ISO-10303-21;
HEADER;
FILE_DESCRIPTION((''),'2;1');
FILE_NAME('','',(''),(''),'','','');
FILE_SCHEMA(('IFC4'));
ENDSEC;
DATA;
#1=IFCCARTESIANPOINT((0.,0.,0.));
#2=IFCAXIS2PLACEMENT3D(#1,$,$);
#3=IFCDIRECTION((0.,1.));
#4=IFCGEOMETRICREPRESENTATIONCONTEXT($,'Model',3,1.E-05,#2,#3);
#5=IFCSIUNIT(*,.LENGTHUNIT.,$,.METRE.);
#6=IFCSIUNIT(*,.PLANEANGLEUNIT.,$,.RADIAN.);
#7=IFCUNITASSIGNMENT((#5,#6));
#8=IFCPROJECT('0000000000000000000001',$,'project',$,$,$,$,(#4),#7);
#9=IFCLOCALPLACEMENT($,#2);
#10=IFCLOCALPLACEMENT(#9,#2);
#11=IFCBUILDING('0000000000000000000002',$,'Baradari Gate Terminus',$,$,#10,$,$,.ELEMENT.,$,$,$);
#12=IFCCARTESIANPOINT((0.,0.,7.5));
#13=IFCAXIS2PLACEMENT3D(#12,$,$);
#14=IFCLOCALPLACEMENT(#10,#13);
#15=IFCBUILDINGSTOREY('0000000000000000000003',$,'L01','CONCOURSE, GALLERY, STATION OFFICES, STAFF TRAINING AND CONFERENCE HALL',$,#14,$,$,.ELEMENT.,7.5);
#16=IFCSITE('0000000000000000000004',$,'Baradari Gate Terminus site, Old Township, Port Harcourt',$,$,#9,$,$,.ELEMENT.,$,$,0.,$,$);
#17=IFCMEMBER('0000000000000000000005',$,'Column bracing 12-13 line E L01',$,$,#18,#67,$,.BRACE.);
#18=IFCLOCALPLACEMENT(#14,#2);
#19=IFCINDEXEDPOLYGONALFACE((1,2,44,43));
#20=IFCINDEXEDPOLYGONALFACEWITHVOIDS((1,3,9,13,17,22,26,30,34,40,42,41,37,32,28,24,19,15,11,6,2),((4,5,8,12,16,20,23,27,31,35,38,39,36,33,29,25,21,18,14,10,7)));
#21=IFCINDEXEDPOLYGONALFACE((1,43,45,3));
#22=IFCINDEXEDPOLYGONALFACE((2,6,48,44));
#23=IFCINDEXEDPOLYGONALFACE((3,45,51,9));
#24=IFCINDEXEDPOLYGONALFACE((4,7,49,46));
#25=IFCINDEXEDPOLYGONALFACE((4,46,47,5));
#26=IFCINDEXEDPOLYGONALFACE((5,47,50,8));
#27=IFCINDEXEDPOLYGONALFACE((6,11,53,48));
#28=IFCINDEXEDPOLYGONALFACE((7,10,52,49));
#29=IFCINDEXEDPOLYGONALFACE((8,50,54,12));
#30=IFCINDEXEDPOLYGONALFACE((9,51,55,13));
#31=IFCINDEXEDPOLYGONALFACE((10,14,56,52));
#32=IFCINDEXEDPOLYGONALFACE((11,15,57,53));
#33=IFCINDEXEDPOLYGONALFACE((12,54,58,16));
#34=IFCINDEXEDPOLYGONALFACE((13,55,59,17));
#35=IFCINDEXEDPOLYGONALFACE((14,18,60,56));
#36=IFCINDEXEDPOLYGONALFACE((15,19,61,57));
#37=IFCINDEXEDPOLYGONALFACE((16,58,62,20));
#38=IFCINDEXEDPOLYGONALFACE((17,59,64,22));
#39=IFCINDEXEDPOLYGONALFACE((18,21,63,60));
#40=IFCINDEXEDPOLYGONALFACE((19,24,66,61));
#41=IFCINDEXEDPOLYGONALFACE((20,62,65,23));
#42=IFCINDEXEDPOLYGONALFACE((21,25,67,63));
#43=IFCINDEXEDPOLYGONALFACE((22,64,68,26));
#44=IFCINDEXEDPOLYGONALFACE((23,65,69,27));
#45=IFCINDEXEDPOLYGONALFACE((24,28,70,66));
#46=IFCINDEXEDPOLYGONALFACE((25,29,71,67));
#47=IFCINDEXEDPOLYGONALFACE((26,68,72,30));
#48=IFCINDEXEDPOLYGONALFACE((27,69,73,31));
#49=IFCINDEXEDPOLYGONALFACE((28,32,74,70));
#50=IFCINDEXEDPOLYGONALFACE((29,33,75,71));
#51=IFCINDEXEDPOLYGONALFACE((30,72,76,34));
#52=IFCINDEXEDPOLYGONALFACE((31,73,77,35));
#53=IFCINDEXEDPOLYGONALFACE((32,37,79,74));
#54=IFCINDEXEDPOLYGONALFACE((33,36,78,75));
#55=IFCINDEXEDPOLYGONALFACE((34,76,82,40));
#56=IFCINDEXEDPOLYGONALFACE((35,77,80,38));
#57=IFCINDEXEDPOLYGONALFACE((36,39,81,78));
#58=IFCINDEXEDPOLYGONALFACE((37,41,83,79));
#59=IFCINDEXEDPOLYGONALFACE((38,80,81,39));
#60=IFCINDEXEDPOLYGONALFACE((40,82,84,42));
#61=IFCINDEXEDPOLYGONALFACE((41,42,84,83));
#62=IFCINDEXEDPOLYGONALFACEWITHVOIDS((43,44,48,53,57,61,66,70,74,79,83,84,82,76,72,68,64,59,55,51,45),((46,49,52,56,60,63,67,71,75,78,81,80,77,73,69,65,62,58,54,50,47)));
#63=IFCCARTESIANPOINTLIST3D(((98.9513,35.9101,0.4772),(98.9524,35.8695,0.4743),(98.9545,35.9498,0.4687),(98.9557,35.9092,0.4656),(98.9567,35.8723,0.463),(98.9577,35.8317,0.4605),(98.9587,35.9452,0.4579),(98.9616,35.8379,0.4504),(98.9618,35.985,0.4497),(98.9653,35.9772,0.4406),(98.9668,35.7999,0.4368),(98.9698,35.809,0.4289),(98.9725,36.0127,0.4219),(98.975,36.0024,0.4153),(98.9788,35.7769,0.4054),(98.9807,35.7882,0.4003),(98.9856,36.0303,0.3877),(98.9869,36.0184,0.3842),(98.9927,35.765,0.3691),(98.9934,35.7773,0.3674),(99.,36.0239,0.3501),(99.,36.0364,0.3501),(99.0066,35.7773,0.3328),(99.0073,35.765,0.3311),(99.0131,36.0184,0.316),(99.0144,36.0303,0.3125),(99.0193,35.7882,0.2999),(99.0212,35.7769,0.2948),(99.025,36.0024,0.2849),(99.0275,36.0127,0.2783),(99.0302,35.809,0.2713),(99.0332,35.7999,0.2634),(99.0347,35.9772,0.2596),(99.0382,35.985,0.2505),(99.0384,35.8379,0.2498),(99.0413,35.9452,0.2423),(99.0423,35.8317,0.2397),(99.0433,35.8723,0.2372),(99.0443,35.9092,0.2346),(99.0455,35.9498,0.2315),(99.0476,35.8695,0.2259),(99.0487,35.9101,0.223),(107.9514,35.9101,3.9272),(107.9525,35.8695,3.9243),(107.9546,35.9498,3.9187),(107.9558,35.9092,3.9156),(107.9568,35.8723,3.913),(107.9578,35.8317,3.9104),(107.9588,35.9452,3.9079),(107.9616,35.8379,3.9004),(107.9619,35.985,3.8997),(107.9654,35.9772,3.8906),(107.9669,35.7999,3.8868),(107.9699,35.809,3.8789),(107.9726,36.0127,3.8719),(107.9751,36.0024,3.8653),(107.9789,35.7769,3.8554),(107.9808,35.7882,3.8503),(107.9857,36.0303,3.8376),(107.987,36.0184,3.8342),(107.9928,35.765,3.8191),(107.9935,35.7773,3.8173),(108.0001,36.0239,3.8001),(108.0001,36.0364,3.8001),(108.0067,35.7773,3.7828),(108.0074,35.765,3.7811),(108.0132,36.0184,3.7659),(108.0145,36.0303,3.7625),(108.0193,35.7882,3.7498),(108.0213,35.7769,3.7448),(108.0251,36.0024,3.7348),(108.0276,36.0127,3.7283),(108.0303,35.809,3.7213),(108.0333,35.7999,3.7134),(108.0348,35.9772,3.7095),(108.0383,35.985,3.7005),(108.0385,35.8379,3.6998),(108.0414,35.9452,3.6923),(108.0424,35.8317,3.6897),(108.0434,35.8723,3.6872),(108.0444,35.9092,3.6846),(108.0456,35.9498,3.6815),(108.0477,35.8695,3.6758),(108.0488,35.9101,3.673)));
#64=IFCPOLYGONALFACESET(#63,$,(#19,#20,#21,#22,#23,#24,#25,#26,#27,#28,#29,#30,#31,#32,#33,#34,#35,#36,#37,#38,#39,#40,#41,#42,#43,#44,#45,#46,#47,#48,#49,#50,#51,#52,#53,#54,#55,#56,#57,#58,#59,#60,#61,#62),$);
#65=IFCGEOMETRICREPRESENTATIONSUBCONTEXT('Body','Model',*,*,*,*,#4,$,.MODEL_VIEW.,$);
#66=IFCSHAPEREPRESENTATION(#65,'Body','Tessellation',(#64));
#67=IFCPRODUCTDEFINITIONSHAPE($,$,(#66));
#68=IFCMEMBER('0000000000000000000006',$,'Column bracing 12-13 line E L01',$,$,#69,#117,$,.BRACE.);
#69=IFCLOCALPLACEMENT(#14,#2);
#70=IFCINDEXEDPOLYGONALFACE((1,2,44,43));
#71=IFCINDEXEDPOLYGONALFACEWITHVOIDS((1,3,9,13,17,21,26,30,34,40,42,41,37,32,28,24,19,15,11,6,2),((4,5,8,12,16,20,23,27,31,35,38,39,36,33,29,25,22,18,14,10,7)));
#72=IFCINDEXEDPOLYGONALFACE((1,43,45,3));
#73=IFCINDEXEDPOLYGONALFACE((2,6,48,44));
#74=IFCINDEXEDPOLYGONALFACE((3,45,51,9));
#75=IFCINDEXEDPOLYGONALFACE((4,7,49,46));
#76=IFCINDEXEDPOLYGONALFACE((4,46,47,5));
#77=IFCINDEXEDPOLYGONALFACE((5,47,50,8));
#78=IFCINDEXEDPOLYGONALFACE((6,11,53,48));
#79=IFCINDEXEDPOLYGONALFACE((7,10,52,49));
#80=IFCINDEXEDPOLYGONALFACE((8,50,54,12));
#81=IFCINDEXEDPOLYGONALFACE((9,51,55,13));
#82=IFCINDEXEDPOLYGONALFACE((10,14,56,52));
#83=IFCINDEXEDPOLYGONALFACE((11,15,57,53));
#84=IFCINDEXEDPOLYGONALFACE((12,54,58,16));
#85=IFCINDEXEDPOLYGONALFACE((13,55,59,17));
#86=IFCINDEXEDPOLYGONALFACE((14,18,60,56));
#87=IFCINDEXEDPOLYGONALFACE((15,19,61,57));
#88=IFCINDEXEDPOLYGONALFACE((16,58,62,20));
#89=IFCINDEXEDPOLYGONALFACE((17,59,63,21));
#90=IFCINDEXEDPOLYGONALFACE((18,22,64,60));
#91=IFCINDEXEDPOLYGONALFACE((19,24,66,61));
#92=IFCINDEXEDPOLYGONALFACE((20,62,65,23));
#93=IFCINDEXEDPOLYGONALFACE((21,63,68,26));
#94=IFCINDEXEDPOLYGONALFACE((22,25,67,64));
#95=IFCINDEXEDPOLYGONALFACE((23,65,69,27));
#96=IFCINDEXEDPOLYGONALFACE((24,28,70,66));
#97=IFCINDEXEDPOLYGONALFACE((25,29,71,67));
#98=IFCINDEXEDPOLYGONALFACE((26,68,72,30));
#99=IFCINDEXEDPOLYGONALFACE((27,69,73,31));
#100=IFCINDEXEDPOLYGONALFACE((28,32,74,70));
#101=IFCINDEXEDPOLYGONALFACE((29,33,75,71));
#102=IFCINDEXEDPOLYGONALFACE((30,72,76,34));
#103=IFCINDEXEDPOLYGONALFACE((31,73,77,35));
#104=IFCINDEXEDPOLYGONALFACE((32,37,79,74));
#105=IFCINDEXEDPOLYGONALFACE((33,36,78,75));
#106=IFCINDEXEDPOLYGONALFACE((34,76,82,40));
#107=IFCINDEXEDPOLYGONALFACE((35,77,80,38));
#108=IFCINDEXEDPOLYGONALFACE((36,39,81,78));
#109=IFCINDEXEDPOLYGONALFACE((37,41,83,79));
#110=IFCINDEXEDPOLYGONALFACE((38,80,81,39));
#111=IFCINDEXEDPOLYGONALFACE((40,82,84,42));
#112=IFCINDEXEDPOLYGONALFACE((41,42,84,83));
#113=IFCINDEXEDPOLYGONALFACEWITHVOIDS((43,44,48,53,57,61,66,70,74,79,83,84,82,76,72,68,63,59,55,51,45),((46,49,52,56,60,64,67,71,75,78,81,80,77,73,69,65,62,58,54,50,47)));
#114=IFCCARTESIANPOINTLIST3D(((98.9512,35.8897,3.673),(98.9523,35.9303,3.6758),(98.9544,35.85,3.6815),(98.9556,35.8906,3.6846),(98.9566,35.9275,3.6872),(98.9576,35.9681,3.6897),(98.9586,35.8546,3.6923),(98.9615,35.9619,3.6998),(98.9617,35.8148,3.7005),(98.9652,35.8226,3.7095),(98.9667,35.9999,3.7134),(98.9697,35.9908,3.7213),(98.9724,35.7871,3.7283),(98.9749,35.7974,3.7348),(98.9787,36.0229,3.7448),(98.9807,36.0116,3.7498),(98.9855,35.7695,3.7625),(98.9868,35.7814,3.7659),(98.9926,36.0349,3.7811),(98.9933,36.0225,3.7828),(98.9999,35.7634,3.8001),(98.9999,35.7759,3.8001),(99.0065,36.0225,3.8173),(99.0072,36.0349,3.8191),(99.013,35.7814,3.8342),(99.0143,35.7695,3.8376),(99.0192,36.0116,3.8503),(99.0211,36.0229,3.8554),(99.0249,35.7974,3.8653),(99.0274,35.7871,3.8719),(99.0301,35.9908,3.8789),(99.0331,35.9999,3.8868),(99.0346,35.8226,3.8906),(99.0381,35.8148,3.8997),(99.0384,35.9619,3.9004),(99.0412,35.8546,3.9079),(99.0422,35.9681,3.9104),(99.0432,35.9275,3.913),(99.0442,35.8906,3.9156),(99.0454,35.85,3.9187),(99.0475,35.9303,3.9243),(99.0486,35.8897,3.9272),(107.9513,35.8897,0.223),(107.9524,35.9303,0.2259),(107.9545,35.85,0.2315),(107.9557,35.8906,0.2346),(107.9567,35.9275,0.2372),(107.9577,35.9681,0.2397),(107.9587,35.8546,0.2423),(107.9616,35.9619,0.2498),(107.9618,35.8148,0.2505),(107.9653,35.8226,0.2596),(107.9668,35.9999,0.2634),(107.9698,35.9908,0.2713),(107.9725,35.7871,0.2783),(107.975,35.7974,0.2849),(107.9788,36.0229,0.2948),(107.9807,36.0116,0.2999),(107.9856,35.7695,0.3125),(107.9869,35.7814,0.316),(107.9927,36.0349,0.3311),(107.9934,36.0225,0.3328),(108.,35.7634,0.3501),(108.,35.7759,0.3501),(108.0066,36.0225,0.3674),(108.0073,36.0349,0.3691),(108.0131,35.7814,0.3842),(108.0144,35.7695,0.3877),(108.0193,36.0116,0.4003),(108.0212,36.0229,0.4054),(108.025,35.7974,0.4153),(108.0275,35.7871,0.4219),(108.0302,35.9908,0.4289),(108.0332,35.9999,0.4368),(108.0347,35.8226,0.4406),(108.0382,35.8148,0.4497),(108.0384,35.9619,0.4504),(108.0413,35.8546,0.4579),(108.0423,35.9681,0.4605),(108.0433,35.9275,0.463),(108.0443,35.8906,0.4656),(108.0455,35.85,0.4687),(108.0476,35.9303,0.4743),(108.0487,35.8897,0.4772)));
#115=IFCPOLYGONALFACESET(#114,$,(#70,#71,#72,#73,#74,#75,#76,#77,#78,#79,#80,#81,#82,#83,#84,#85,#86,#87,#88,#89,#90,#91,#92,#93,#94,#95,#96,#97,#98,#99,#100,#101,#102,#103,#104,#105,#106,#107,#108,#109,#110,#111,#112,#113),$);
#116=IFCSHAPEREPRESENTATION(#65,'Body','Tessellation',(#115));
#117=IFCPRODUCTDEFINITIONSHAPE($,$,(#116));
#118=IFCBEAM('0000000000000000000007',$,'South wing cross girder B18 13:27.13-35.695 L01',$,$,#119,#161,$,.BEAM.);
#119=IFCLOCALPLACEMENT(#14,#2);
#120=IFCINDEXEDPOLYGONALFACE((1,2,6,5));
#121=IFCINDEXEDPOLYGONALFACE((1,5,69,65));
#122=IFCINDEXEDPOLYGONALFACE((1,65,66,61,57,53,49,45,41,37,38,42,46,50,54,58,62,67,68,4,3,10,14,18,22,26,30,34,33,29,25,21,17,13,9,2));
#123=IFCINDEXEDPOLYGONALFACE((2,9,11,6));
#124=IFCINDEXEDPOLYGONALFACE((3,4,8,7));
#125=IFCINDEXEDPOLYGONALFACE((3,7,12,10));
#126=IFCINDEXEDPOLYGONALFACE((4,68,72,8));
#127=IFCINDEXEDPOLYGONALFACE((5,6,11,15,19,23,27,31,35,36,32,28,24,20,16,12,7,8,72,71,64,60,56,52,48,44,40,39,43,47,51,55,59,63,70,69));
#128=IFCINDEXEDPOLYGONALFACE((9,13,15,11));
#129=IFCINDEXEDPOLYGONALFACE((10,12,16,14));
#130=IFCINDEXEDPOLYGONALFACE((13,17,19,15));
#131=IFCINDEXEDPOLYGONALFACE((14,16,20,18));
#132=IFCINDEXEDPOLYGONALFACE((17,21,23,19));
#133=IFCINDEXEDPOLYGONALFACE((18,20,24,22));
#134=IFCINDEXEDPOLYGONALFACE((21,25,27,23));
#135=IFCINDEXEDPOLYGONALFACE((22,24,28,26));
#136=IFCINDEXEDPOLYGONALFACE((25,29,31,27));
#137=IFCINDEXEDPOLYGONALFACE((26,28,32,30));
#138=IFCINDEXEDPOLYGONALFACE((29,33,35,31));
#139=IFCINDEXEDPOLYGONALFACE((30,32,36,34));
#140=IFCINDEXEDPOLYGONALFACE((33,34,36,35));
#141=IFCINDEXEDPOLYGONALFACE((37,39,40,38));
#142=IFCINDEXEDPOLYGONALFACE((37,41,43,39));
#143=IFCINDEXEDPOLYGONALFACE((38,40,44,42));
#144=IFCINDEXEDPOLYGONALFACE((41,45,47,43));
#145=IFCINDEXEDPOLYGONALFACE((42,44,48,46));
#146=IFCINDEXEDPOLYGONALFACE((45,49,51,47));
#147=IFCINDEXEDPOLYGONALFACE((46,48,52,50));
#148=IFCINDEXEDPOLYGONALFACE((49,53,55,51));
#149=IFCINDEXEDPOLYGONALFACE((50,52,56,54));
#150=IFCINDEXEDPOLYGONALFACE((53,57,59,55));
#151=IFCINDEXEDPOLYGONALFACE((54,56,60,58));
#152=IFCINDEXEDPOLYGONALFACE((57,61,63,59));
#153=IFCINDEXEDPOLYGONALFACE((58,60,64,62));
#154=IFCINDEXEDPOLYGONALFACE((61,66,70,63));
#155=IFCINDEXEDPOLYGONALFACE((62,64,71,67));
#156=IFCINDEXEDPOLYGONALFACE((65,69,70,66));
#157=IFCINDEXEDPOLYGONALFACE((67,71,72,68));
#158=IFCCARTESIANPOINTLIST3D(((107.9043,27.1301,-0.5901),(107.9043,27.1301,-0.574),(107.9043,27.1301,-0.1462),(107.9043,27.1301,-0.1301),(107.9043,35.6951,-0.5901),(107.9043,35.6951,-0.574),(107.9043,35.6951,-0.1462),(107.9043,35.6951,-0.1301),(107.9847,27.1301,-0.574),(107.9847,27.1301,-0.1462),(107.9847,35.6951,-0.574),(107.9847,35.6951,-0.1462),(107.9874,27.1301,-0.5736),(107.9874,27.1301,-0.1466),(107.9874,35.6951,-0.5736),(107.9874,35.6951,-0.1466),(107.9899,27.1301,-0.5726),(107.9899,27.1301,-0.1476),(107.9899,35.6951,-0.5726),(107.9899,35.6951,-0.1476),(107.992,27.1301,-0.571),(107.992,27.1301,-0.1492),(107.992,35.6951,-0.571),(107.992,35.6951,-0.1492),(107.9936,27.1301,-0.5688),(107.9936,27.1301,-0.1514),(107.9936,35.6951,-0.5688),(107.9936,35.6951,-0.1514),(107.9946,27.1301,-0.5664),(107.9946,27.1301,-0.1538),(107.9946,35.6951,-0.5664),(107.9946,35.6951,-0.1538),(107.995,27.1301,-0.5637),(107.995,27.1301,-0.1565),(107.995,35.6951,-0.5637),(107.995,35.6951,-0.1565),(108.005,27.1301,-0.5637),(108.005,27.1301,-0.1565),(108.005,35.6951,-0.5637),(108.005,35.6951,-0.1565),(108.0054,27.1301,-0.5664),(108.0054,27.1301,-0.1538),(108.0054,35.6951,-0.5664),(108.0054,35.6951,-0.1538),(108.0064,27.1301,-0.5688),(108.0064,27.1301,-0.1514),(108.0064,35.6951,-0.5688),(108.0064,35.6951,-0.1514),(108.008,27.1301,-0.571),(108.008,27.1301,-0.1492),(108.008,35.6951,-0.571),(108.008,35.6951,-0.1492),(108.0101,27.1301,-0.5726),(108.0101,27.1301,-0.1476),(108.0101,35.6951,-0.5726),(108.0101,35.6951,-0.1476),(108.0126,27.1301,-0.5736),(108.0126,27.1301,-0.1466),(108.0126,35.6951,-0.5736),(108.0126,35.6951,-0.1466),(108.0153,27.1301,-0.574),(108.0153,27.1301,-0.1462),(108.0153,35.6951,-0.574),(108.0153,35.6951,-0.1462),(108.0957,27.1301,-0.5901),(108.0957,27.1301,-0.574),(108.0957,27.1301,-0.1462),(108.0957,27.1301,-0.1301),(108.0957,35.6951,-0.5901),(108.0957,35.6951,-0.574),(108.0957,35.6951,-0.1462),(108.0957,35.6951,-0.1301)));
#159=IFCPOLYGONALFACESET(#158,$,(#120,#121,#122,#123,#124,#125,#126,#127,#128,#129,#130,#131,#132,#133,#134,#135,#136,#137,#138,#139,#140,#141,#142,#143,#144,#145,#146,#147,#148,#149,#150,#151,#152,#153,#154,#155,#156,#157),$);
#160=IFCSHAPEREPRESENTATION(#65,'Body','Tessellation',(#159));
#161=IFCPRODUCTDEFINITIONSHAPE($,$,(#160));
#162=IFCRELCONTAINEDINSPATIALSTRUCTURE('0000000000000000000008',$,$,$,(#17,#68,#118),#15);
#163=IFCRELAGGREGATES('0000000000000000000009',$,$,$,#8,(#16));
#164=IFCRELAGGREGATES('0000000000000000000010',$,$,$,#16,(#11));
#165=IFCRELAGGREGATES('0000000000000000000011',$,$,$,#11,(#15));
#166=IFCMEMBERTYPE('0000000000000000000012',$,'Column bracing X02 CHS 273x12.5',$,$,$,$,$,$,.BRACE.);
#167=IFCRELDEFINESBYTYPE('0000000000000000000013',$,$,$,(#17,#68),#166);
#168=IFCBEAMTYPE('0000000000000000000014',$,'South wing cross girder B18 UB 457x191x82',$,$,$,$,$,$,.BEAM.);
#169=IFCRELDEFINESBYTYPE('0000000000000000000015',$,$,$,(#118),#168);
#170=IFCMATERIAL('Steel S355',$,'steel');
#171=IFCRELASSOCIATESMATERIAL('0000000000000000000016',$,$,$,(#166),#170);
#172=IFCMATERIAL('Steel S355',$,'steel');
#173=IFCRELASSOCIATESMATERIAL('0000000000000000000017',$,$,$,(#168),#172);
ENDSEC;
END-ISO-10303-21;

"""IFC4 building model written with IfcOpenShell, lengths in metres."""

from ifc_helpers import new_model, si_unit, direction, frame, origin, origin_2d, place, context, subcontext, project, spatial, hollow_circle, i_section, extrude, material, material_profile, profile_set, type_object, element, save


model = new_model("IFC4")

# Units and contexts
model_context = context("Model", 3, precision=1e-05, world=origin(), true_north=direction((0.0, 1.0)))
body_context = subcontext(model_context, "Body", "Model", "MODEL_VIEW")
ifc_project = project(units=[si_unit("LENGTHUNIT", "METRE"), si_unit("PLANEANGLEUNIT", "RADIAN")], contexts=[model_context])

# Site, building, storey
site_placement = place(None, origin())
site = spatial("IfcSite", under=ifc_project, at=site_placement, Name="Baradari Gate Terminus site, Old Township, Port Harcourt", CompositionType="ELEMENT", RefElevation=0.0)
building_placement = place(site_placement, origin())
building = spatial("IfcBuilding", under=site, at=building_placement, Name="Baradari Gate Terminus", CompositionType="ELEMENT")
storey_placement = place(building_placement, frame((0.0, 0.0, 7.5)))
storey = spatial("IfcBuildingStorey", under=building, at=storey_placement, Name="L01", Description="CONCOURSE, GALLERY, STATION OFFICES, STAFF TRAINING AND CONFERENCE HALL", CompositionType="ELEMENT", Elevation=7.5)

# Members
ifc_material_1 = material(Name="Steel S355", Category="steel")
ifc_material_profile_1 = material_profile(ifc_material_1, hollow_circle(Radius=0.1365, WallThickness=0.0125, at=origin_2d()), Name="CHS 273x12.5")
ifc_profile_set_1 = profile_set([ifc_material_profile_1], Name="Steel S355")
member_type = type_object("IfcMemberType", Name="Column bracing X02 CHS 273x12.5", PredefinedType="BRACE", material=ifc_profile_set_1)
for number, where, z_axis, x_axis, name in (
    (1, (99.0, 35.8999, 0.3501), (0.933748, 0.0, 0.357932), (0.0, 1.0, 0.0), "Column bracing 12-13 line E L01"),
    (2, (108.0, 35.8999, 0.3501), (-0.933748, 0.0, 0.357932), (0.0, -1.0, 0.0), "Column bracing 12-13 line E L01"),
):
    element("IfcMember", number, at=place(storey_placement, frame(where, z_axis=z_axis, x_axis=x_axis)), inside=storey, type_object=member_type, Name=name, PredefinedType="BRACE", context=body_context, shape_type="SweptSolid", body=[
        extrude(hollow_circle(Radius=0.1365, WallThickness=0.0125, at=origin_2d()), origin(), (0.0, 0.0, 1.0), 9.6387),
    ])

# Beam
ifc_material_2 = material(Name="Steel S355", Category="steel")
ifc_material_profile_2 = material_profile(ifc_material_2, i_section(OverallWidth=0.1914, OverallDepth=0.46, WebThickness=0.01, FlangeThickness=0.0161, FilletRadius=0.0103, at=origin_2d()), Name="UB 457x191x82")
ifc_profile_set_2 = profile_set([ifc_material_profile_2], Name="Steel S355")
beam_type_1 = type_object("IfcBeamType", Name="South wing cross girder B18 UB 457x191x82", PredefinedType="BEAM", material=ifc_profile_set_2)
beam_1_placement = place(storey_placement, frame((108.0, 27.1301, -0.3601), z_axis=(0.0, 1.0, 0.0), x_axis=(-1.0, 0.0, 0.0)))
element("IfcBeam", 3, at=beam_1_placement, inside=storey, type_object=beam_type_1, Name="South wing cross girder B18 13:27.13-35.695 L01", PredefinedType="BEAM", context=body_context, shape_type="SweptSolid", body=[
    extrude(i_section(OverallWidth=0.1914, OverallDepth=0.46, WebThickness=0.01, FlangeThickness=0.0161, FilletRadius=0.0103, at=origin_2d()), origin(), (0.0, 0.0, 1.0), 8.5649),
])

save(model, "model.ifc")
